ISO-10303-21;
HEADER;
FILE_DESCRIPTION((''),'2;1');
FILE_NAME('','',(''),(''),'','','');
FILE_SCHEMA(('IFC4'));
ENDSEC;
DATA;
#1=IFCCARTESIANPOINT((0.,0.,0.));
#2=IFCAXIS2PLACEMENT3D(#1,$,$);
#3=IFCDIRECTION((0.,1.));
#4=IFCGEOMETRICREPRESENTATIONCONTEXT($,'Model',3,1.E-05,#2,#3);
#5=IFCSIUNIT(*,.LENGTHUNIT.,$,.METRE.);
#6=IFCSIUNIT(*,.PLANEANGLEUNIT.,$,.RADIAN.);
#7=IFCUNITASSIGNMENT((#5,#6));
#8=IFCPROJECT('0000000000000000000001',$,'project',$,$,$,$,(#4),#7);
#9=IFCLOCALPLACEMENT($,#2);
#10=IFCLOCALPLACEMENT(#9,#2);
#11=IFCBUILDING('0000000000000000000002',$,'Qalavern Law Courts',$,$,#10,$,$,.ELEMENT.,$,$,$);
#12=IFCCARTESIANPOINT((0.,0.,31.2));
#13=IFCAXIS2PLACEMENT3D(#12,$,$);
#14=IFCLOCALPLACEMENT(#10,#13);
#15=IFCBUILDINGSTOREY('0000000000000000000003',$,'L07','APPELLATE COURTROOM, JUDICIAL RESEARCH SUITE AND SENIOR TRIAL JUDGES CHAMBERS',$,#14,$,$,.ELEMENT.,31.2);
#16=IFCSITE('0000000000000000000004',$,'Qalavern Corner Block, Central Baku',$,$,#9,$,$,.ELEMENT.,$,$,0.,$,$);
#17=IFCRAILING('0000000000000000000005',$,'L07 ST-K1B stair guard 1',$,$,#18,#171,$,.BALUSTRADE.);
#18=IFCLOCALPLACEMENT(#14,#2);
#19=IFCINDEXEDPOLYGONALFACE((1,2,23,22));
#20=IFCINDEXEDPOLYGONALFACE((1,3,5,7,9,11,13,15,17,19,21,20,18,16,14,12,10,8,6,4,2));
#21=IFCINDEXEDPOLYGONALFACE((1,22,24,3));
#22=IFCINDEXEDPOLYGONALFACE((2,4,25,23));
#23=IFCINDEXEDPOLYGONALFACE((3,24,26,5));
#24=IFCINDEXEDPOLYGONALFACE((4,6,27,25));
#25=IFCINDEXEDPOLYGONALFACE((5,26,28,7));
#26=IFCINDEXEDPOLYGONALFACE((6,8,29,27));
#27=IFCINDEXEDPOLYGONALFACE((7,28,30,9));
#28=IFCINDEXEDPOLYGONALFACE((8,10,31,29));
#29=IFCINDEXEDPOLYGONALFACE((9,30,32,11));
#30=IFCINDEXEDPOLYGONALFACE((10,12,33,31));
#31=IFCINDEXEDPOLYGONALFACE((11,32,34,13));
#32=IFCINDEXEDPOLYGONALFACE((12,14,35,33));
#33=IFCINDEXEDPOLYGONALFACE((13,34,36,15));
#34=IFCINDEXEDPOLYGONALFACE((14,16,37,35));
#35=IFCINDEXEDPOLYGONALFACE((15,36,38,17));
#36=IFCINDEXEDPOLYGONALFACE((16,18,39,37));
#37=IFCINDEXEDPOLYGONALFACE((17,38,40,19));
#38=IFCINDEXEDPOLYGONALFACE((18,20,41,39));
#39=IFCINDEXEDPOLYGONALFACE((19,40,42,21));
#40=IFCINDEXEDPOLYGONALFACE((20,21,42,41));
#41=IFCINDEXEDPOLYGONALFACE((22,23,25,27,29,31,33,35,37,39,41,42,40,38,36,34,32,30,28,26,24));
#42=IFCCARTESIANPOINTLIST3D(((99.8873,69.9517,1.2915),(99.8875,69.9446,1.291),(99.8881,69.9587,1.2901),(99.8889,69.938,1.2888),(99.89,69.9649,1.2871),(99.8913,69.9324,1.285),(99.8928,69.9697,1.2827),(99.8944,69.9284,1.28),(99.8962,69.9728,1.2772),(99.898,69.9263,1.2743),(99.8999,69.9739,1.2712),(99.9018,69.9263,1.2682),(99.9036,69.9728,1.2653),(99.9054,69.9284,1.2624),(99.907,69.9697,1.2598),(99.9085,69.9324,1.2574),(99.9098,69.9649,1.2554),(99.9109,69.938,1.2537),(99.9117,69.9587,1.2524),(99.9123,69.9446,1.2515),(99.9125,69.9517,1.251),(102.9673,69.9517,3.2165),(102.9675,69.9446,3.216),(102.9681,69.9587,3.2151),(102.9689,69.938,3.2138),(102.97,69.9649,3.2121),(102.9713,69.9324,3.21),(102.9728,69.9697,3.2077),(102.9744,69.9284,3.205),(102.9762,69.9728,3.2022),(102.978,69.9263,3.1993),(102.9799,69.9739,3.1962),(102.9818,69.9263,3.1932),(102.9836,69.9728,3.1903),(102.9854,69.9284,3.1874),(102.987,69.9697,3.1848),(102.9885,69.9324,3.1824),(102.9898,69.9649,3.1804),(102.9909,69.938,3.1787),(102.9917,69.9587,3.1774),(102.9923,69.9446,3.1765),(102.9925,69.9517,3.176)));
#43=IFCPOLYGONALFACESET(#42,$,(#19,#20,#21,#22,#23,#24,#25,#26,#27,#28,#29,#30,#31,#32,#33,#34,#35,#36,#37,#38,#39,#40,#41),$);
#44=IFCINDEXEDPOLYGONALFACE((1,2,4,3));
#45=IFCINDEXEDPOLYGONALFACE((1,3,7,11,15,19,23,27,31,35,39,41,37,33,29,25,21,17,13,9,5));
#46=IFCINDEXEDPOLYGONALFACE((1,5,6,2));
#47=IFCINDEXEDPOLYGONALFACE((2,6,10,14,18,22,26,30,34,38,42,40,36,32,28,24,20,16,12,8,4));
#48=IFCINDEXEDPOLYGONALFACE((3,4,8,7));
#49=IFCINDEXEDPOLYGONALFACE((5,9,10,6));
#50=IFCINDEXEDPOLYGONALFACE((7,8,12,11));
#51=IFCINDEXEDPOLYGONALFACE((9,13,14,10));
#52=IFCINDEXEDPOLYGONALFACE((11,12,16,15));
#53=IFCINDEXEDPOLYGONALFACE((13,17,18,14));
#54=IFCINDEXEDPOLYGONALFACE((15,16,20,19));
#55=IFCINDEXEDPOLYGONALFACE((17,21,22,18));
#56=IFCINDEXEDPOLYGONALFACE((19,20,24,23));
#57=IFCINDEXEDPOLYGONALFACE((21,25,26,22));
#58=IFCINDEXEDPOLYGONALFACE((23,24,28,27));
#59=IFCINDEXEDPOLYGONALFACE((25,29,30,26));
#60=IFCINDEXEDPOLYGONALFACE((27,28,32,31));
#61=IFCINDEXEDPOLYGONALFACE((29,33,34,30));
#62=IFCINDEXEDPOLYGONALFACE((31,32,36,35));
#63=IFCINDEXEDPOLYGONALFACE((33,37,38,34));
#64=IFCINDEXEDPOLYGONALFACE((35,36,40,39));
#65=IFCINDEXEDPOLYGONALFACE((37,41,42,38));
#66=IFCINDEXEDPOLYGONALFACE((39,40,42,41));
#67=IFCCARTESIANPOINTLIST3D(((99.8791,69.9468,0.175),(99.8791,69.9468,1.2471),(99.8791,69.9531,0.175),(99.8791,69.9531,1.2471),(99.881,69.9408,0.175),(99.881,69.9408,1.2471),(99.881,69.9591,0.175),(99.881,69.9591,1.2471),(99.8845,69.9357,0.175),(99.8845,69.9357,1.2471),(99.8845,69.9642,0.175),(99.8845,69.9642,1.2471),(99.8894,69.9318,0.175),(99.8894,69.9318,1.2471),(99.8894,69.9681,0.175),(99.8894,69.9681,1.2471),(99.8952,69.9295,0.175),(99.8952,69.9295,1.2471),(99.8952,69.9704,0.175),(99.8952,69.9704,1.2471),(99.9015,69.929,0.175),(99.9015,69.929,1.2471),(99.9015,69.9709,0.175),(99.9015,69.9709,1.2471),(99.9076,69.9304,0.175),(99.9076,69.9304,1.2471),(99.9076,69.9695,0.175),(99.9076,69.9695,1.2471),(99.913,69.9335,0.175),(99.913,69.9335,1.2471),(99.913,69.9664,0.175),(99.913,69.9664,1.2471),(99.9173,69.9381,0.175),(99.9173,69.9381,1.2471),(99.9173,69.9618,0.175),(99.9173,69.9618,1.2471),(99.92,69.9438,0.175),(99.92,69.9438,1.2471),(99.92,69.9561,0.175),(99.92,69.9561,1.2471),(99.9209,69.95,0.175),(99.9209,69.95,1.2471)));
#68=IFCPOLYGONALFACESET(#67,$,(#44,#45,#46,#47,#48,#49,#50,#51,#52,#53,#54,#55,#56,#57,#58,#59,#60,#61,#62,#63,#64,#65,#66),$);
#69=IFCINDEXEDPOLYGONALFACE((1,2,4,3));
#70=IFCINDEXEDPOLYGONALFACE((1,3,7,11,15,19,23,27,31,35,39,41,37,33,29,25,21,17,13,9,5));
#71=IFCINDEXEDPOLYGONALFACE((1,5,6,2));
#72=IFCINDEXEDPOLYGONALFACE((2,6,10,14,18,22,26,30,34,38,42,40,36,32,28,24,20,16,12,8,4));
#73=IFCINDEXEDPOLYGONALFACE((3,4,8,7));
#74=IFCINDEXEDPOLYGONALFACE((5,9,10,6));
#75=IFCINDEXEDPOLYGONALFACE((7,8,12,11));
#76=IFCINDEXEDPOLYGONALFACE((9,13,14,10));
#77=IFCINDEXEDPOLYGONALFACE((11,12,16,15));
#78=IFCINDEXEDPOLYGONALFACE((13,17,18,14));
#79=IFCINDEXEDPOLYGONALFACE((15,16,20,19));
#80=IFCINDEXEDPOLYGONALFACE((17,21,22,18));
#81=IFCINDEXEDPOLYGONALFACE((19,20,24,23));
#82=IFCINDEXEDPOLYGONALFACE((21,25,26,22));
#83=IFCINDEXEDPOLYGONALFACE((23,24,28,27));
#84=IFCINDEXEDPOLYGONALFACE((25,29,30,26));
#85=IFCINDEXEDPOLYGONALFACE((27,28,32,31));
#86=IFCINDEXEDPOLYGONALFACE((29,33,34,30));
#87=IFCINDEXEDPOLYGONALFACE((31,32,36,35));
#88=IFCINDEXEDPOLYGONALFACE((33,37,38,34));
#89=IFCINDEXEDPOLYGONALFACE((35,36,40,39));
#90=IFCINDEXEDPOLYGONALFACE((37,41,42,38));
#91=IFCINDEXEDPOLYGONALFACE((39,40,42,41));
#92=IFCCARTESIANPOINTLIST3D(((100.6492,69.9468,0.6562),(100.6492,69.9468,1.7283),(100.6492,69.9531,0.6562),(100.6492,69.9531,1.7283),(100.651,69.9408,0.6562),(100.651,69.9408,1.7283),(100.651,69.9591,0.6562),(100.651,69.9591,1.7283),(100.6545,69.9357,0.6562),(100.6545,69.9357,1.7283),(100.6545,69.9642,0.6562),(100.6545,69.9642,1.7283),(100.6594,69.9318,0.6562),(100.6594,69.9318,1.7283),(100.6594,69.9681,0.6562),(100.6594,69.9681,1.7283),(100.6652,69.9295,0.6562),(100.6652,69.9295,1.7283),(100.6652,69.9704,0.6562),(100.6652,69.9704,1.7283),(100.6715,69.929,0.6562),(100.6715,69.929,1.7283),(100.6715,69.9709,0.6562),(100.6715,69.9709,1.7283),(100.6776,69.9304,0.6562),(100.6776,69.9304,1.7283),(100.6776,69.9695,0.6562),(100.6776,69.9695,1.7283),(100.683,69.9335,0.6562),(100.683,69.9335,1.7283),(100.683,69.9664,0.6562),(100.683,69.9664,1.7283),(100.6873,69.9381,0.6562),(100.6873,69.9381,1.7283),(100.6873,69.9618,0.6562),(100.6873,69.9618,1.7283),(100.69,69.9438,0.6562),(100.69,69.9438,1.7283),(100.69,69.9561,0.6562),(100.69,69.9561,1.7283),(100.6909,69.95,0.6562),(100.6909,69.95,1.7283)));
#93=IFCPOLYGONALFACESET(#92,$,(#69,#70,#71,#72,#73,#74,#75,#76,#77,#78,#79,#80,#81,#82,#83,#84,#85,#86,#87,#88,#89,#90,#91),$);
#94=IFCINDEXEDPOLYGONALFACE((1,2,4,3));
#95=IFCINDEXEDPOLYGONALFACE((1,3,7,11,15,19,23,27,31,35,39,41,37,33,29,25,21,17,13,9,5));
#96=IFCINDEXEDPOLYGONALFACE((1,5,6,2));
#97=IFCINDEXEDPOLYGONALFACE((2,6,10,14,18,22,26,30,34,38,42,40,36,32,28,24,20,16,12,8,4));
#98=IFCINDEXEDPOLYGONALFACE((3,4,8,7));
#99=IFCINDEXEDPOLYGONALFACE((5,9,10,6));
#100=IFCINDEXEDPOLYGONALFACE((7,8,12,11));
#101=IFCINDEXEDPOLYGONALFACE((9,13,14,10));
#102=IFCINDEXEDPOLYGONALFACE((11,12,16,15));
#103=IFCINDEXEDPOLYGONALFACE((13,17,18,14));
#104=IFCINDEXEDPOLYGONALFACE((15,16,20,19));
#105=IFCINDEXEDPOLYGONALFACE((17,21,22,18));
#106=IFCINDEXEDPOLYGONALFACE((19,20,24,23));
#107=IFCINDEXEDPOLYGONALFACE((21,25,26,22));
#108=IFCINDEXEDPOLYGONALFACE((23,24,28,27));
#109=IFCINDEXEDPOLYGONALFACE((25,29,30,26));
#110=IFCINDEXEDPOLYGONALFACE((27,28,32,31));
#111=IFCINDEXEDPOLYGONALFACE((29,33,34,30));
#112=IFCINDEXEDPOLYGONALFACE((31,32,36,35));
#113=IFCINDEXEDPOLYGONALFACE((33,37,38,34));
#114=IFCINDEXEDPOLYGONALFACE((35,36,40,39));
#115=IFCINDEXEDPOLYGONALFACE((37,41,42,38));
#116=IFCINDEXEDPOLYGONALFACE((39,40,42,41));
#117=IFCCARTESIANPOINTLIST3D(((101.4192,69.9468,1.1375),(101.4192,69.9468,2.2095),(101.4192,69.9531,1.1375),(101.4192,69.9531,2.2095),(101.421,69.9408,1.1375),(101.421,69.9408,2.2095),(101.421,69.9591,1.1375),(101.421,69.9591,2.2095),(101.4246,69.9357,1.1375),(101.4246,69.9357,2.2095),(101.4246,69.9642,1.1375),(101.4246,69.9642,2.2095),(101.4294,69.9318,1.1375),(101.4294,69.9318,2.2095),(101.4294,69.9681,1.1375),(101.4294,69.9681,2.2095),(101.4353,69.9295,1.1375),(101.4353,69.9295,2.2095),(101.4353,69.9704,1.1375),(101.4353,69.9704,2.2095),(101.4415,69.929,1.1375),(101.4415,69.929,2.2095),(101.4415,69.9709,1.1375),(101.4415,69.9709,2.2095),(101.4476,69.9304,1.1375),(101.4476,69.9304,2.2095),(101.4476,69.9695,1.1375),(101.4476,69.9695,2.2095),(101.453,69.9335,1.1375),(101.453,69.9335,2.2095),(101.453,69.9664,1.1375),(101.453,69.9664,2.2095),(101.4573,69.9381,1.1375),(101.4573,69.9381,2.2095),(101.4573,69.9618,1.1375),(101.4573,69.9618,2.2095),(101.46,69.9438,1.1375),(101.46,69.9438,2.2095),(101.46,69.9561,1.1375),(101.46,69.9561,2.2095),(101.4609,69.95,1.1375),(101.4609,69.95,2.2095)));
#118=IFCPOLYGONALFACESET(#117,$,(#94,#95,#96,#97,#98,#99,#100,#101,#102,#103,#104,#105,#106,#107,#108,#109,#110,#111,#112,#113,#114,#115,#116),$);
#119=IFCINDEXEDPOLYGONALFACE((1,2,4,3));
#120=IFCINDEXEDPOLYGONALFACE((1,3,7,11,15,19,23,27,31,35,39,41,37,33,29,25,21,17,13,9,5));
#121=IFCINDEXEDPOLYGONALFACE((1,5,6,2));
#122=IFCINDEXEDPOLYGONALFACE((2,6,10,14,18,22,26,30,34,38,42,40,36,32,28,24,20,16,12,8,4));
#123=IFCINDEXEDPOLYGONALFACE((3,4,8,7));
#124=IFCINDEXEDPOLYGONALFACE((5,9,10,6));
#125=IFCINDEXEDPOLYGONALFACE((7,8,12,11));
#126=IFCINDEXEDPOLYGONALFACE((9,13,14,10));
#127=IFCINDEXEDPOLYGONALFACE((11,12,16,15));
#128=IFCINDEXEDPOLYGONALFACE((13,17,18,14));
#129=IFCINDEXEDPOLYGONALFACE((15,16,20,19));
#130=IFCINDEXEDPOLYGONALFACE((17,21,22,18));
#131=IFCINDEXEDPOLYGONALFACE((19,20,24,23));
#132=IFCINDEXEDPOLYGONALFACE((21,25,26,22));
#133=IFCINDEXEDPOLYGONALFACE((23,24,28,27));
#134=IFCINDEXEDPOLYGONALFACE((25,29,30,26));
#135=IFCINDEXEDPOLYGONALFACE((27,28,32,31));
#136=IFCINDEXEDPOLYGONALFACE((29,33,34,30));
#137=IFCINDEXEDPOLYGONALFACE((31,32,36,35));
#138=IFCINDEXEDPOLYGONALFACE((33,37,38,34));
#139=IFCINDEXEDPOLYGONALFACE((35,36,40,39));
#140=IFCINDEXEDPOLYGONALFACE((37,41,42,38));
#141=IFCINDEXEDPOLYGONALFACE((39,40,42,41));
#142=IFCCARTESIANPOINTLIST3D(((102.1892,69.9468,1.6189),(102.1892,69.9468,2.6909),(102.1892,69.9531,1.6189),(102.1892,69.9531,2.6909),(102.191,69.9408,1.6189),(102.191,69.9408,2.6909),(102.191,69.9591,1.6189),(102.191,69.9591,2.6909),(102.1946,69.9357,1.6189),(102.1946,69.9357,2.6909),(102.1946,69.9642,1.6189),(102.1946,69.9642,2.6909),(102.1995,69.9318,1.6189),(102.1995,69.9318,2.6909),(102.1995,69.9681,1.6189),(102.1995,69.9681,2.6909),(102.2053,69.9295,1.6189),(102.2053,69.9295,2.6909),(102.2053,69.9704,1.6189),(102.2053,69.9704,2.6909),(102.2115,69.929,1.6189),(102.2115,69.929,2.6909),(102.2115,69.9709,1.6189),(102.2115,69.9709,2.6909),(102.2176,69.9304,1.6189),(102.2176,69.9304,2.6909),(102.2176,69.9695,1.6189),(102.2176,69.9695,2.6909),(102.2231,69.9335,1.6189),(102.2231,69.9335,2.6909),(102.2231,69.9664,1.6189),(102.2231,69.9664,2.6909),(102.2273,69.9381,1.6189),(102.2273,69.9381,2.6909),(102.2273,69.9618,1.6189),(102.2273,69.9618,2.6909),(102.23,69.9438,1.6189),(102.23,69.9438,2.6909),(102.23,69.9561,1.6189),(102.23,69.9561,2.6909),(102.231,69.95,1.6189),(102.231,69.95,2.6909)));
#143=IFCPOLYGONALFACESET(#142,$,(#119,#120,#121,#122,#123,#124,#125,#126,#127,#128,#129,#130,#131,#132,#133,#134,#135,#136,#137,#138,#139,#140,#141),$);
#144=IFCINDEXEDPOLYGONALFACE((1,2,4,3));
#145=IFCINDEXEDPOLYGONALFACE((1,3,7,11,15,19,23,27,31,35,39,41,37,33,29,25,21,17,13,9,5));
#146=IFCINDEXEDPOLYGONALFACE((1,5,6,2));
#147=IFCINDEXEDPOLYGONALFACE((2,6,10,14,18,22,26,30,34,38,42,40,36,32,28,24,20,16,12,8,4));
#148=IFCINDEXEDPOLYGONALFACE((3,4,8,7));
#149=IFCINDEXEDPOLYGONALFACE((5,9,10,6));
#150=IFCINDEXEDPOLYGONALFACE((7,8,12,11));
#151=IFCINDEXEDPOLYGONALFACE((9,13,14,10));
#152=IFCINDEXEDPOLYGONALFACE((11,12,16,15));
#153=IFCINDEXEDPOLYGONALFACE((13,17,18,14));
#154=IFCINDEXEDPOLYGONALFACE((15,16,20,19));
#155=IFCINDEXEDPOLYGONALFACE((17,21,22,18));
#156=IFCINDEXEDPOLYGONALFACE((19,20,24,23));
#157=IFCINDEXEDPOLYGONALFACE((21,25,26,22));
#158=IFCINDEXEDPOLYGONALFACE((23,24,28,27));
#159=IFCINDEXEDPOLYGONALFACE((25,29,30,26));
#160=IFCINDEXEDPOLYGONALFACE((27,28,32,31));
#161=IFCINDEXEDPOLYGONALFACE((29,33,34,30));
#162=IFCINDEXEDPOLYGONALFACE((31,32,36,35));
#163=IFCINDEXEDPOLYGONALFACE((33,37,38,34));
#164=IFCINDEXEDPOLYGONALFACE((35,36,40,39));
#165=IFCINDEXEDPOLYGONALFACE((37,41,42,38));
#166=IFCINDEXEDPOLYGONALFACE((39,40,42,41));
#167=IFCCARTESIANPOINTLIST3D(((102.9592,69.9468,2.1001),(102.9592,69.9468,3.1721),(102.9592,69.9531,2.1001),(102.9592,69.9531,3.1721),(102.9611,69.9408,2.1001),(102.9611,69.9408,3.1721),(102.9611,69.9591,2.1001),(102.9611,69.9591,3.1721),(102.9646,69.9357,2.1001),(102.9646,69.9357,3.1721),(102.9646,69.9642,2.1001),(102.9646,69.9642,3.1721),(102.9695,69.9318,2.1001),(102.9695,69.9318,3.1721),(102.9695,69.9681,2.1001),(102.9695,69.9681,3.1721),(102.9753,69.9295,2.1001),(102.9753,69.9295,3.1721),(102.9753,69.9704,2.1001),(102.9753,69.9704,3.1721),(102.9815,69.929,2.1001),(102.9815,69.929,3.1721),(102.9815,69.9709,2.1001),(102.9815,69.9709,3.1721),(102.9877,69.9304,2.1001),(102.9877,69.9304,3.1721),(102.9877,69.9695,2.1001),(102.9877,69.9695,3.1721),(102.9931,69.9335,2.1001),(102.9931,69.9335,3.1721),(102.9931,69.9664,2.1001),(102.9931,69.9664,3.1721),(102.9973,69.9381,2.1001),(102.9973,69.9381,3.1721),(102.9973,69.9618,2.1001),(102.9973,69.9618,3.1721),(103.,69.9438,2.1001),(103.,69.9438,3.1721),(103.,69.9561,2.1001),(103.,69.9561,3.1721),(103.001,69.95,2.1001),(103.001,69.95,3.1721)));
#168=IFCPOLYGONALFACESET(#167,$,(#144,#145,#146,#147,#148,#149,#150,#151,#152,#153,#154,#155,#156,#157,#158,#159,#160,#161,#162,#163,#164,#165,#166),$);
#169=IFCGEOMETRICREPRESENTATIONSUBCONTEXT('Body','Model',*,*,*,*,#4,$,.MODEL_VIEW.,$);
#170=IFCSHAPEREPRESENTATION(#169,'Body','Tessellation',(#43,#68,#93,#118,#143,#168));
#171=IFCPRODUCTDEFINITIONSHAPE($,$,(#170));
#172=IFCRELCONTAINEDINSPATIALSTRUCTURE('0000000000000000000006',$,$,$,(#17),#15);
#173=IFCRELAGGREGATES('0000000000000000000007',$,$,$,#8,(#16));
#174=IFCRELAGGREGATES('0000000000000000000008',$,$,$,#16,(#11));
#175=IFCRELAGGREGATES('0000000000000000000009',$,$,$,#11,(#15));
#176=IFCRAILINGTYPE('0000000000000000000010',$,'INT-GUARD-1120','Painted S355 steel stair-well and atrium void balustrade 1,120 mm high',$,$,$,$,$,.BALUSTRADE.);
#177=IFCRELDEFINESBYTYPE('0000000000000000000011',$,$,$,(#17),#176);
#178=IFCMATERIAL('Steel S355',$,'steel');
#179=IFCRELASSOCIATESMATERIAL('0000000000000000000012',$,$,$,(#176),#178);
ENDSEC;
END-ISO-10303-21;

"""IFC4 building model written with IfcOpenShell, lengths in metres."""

from ifc_helpers import new_model, si_unit, direction, frame, origin, origin_2d, place, context, subcontext, project, spatial, circle, extrude, material, type_object, element, save


model = new_model("IFC4")

# Units and contexts
model_context = context("Model", 3, precision=1e-05, world=origin(), true_north=direction((0.0, 1.0)))
body_context = subcontext(model_context, "Body", "Model", "MODEL_VIEW")
ifc_project = project(units=[si_unit("LENGTHUNIT", "METRE"), si_unit("PLANEANGLEUNIT", "RADIAN")], contexts=[model_context])

# Site, building, storey
site_placement = place(None, origin())
site = spatial("IfcSite", under=ifc_project, at=site_placement, Name="Qalavern Corner Block, Central Baku", CompositionType="ELEMENT", RefElevation=0.0)
building_placement = place(site_placement, origin())
building = spatial("IfcBuilding", under=site, at=building_placement, Name="Qalavern Law Courts", CompositionType="ELEMENT")
storey_placement = place(building_placement, frame((0.0, 0.0, 31.2)))
storey = spatial("IfcBuildingStorey", under=building, at=storey_placement, Name="L07", Description="APPELLATE COURTROOM, JUDICIAL RESEARCH SUITE AND SENIOR TRIAL JUDGES CHAMBERS", CompositionType="ELEMENT", Elevation=31.2)

# Shared definitions
ifc_material_1 = material(Name="Steel S355", Category="steel")

# Railing
railing_type_1 = type_object("IfcRailingType", Name="INT-GUARD-1120", Description="Painted S355 steel stair-well and atrium void balustrade 1,120 mm high", PredefinedType="BALUSTRADE", material=ifc_material_1)
railing_1_placement = place(storey_placement, frame((99.8999, 69.95, 0.175)))
element("IfcRailing", 1, at=railing_1_placement, inside=storey, type_object=railing_type_1, Name="L07 ST-K1B stair guard 1", PredefinedType="BALUSTRADE", context=body_context, shape_type="SweptSolid", body=[
    extrude(circle(Radius=0.0239, at=origin_2d()), frame((0.0, 0.0, 1.0962), z_axis=(0.847998, 0.0, 0.529999), x_axis=(0.0, 1.0, 0.0)), (0.0, 0.0, 1.0), 3.6321),
    extrude(circle(Radius=0.021, at=origin_2d()), origin(), (0.0, 0.0, 1.0), 1.072),
    extrude(circle(Radius=0.021, at=origin_2d()), frame((0.77, 0.0, 0.4812)), (0.0, 0.0, 1.0), 1.072),
    extrude(circle(Radius=0.021, at=origin_2d()), frame((1.54, 0.0, 0.9624)), (0.0, 0.0, 1.0), 1.072),
    extrude(circle(Radius=0.021, at=origin_2d()), frame((2.3101, 0.0, 1.4438)), (0.0, 0.0, 1.0), 1.072),
    extrude(circle(Radius=0.021, at=origin_2d()), frame((3.0801, 0.0, 1.925)), (0.0, 0.0, 1.0), 1.072),
])

save(model, "model.ifc")
